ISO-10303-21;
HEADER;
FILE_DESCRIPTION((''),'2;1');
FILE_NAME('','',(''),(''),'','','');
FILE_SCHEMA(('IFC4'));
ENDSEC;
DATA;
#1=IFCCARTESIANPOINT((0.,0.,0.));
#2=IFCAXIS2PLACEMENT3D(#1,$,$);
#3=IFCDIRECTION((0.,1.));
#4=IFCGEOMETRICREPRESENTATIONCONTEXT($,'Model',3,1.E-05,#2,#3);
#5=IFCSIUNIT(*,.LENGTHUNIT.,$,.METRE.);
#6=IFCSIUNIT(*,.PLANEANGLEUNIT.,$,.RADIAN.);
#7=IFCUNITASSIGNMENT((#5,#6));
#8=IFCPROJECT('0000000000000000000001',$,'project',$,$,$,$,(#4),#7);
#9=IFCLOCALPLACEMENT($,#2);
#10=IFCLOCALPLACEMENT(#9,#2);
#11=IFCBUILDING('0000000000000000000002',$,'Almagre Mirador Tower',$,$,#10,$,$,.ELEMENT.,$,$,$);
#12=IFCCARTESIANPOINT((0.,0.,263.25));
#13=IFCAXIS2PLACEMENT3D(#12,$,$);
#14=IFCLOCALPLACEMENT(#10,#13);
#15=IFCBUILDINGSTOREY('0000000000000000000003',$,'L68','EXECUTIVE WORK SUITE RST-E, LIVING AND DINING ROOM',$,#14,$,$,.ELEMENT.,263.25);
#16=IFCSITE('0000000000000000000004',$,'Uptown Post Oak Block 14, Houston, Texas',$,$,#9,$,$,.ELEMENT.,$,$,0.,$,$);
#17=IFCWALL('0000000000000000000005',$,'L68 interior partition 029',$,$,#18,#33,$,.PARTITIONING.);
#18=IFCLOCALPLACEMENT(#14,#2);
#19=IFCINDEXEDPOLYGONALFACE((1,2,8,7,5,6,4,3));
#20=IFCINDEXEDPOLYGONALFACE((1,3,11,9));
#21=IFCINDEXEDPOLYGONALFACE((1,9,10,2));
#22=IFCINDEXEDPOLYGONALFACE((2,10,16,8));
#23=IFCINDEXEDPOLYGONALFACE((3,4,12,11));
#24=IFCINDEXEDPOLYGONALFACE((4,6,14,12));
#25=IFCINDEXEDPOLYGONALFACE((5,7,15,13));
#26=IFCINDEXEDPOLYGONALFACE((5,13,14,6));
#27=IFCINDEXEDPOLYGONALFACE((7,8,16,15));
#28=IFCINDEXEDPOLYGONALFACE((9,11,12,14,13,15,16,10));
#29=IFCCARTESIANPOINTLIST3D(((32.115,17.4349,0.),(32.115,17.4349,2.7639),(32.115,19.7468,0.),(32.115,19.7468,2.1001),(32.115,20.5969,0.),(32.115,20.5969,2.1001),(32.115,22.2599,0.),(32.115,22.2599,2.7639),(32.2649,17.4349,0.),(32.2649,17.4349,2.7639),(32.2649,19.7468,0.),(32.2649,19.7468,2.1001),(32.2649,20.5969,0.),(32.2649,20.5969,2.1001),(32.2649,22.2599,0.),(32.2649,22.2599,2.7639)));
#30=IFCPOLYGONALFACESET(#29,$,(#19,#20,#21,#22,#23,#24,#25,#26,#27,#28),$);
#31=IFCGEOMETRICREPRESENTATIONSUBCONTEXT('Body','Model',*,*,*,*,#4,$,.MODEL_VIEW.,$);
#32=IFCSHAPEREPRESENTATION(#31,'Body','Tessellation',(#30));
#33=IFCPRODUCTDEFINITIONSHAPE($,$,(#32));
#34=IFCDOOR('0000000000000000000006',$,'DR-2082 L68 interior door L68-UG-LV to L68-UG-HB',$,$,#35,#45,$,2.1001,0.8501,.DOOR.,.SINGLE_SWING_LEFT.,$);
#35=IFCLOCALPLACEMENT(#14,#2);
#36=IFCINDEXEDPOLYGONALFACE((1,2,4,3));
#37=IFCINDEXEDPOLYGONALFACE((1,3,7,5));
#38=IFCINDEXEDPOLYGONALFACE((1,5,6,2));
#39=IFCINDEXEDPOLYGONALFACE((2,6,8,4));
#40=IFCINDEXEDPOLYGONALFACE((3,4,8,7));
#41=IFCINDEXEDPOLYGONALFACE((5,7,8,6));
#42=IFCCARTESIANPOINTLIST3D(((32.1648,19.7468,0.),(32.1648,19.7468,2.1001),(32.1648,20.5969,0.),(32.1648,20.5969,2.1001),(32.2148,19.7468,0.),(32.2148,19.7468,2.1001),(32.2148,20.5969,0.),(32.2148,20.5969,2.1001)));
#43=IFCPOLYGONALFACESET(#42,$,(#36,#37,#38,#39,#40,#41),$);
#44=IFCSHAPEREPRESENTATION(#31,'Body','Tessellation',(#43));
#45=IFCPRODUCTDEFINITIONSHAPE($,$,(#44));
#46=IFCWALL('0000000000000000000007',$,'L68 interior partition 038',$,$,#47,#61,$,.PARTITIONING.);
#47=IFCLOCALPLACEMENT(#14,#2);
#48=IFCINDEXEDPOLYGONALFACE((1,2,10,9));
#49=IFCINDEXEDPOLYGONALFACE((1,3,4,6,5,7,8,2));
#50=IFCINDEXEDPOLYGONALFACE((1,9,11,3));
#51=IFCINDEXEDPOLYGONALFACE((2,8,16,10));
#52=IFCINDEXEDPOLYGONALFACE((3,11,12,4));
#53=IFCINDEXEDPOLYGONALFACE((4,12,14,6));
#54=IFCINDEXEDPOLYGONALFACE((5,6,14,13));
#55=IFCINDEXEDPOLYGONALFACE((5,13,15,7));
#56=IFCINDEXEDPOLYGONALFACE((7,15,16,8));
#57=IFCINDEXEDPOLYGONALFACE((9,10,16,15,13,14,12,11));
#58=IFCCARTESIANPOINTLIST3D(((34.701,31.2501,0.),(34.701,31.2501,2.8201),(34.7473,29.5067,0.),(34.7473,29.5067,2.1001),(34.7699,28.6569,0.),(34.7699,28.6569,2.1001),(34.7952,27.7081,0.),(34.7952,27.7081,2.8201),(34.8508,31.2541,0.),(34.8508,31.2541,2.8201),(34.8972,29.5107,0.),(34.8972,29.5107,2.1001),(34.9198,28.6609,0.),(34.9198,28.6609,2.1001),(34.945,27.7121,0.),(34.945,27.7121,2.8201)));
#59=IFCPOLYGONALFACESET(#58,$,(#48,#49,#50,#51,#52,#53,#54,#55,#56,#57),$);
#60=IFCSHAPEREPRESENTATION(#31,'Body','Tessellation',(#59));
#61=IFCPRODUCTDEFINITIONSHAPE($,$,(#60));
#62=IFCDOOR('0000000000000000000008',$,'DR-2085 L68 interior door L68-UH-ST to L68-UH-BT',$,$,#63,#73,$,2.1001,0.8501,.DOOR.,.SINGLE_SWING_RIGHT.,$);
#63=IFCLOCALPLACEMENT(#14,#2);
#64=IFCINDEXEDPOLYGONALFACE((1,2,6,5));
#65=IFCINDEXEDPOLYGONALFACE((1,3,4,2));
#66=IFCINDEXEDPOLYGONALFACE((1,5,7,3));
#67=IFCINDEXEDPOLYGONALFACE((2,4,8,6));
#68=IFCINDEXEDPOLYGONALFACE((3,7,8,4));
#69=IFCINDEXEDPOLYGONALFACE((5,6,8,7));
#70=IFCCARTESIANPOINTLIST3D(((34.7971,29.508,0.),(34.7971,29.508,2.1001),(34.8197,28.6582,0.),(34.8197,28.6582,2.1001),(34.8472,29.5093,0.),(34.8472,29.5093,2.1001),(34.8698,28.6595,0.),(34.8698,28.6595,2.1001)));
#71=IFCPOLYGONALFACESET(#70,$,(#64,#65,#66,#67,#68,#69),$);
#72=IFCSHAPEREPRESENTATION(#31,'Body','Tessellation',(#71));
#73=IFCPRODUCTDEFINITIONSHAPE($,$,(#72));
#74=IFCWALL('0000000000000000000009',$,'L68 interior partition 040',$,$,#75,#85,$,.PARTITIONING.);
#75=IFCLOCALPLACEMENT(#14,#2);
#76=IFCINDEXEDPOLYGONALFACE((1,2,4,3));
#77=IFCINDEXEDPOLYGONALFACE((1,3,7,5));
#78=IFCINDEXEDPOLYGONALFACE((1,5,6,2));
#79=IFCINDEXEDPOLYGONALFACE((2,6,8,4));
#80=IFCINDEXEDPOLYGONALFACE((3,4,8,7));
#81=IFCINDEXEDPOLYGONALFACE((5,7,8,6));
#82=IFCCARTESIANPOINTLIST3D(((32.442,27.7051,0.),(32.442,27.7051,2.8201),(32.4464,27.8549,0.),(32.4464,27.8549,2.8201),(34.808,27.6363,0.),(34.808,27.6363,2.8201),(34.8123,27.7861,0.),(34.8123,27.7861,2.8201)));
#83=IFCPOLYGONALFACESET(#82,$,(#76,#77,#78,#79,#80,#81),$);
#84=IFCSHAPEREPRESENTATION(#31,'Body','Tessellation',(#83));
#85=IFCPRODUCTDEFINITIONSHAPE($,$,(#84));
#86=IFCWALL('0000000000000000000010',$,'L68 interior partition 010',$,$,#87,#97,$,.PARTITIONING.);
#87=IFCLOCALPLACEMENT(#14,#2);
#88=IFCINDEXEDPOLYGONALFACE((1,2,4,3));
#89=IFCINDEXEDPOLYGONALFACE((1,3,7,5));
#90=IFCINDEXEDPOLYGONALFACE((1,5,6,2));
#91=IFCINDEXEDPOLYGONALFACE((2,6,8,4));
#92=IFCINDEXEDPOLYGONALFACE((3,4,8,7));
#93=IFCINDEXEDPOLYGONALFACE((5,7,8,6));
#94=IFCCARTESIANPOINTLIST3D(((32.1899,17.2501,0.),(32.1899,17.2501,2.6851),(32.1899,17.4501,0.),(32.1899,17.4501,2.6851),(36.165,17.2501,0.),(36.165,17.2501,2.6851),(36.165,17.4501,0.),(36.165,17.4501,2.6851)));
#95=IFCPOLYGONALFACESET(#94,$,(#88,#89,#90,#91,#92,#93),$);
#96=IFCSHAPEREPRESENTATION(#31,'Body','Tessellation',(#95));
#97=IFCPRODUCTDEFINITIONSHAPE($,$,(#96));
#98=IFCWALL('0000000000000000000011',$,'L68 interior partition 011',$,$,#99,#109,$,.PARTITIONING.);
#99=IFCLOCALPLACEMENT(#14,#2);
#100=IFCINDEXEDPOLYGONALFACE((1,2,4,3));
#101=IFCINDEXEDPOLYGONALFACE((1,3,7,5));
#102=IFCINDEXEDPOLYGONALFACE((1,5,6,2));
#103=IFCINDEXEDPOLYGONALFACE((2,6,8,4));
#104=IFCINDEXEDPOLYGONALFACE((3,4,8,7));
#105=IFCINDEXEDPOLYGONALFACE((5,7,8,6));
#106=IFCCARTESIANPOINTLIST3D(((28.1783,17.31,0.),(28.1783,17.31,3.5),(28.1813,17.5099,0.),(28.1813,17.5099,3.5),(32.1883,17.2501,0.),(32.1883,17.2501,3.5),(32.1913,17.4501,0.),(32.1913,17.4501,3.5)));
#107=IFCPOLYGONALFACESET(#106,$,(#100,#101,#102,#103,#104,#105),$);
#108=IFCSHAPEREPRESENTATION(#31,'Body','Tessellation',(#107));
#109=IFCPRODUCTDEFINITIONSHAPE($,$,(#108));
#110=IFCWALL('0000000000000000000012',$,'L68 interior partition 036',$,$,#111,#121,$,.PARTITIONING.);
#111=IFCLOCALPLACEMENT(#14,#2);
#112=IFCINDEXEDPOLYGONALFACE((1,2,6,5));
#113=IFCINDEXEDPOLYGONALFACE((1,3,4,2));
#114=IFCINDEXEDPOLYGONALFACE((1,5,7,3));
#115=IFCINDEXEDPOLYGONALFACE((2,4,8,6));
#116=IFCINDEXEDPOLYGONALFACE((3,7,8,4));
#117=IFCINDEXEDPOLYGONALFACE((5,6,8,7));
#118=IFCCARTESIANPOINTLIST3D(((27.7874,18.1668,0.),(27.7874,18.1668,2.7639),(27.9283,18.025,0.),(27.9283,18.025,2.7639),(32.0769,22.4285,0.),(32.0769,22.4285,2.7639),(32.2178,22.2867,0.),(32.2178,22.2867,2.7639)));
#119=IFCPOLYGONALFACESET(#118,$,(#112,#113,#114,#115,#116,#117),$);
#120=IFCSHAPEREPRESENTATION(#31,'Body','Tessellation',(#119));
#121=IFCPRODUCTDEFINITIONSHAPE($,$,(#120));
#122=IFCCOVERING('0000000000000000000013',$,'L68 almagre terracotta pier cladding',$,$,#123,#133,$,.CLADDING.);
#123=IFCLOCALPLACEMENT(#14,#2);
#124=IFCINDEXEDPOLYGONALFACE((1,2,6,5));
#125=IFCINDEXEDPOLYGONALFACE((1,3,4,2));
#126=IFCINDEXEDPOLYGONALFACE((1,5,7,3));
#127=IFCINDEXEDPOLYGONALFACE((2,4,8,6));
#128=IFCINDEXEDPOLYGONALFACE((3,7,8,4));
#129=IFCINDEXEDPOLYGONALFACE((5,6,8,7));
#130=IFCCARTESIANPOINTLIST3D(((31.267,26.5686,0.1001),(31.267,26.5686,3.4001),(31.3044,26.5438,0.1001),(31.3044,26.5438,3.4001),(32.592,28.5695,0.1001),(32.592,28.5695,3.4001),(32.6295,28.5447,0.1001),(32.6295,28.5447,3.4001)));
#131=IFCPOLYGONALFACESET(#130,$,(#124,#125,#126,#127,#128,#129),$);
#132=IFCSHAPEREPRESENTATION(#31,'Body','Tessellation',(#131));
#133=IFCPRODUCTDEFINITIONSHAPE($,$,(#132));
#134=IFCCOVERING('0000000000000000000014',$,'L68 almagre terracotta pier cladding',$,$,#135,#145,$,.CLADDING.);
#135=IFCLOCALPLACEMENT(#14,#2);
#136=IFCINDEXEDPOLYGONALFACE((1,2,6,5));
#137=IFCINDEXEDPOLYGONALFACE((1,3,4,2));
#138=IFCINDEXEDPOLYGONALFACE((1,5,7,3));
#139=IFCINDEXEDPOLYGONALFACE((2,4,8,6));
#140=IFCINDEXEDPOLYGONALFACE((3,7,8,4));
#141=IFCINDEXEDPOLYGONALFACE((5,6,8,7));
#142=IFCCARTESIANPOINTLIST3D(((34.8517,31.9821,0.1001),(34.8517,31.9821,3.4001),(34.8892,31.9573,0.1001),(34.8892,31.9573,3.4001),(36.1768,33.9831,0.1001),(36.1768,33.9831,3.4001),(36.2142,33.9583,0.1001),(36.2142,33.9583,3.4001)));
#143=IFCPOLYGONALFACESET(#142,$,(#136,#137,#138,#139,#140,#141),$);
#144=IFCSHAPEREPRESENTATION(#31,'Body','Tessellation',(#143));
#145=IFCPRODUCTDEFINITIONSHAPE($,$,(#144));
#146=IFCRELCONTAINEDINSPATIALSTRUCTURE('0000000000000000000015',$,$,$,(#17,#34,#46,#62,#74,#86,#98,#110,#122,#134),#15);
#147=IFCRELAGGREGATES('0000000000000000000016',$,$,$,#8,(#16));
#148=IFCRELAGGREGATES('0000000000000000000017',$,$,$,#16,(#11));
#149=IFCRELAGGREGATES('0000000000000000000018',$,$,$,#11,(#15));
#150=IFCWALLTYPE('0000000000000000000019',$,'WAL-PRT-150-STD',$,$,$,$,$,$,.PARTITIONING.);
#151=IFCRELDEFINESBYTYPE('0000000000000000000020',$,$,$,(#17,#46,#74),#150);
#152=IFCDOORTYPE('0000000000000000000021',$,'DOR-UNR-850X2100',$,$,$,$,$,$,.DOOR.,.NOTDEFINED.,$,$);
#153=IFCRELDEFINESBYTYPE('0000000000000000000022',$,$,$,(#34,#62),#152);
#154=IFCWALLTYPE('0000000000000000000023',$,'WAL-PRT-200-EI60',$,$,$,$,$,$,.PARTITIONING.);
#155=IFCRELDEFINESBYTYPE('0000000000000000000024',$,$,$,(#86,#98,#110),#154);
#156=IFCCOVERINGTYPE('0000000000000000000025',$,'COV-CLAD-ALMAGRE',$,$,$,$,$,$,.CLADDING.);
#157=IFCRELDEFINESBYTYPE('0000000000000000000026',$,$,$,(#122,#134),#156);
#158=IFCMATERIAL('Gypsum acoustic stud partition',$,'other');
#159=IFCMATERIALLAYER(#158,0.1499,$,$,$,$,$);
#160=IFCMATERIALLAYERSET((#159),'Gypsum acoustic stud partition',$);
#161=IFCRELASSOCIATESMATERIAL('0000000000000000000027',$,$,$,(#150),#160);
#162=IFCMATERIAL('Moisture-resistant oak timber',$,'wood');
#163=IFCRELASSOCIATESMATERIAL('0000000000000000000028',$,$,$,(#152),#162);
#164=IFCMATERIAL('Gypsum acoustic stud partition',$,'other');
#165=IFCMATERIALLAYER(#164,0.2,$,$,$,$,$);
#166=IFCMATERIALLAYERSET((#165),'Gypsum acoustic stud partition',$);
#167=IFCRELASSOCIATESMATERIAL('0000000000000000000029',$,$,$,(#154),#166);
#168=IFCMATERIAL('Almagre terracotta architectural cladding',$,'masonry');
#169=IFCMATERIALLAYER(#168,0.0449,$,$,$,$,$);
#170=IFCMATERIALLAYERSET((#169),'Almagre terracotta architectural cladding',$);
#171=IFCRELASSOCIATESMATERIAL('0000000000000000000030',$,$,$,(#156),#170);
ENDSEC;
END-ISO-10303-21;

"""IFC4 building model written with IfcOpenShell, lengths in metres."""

from ifc_helpers import new_model, si_unit, direction, frame, frame_2d, origin, origin_2d, place, context, subcontext, project, spatial, rectangle, extrude, material, layer, layer_set, type_object, element, fill, save


model = new_model("IFC4")

# Units and contexts
model_context = context("Model", 3, precision=1e-05, world=origin(), true_north=direction((0.0, 1.0)))
body_context = subcontext(model_context, "Body", "Model", "MODEL_VIEW")
ifc_project = project(units=[si_unit("LENGTHUNIT", "METRE"), si_unit("PLANEANGLEUNIT", "RADIAN")], contexts=[model_context])

# Site, building, storey
site_placement = place(None, origin())
site = spatial("IfcSite", under=ifc_project, at=site_placement, Name="Uptown Post Oak Block 14, Houston, Texas", CompositionType="ELEMENT", RefElevation=0.0)
building_placement = place(site_placement, origin())
building = spatial("IfcBuilding", under=site, at=building_placement, Name="Almagre Mirador Tower", CompositionType="ELEMENT")
storey_placement = place(building_placement, frame((0.0, 0.0, 263.25)))
storey = spatial("IfcBuildingStorey", under=building, at=storey_placement, Name="L68", Description="EXECUTIVE WORK SUITE RST-E, LIVING AND DINING ROOM", CompositionType="ELEMENT", Elevation=263.25)

# Walls, openings, doors
ifc_material_1 = material(Name="Gypsum acoustic stud partition", Category="other")
ifc_layer_1 = layer(ifc_material_1, 0.1499)
ifc_layer_set_1 = layer_set([ifc_layer_1], Name="Gypsum acoustic stud partition")
wall_type_1 = type_object("IfcWallType", Name="WAL-PRT-150-STD", PredefinedType="PARTITIONING", material=ifc_layer_set_1)
wall_1_placement = place(storey_placement, frame((32.1899, 22.26, 0.0), z_axis=(0.0, 0.0, 1.0), x_axis=(0.0, -1.0, 0.0)))
wall_1 = element("IfcWall", 1, at=wall_1_placement, inside=storey, type_object=wall_type_1, Name="L68 interior partition 029", PredefinedType="PARTITIONING", context=body_context, shape_type="SweptSolid", body=[
    extrude(rectangle(XDim=4.825, YDim=0.1499, at=frame_2d((2.4126, 0.0))), origin(), (0.0, 0.0, 1.0), 2.7639),
])
opening_1_placement = place(wall_1_placement, frame((1.6631, 0.0, 0.0)))
opening_1 = element("IfcOpeningElement", 2, at=opening_1_placement, cuts=wall_1, PredefinedType="OPENING", context=body_context, shape_type="SweptSolid", body=[
    extrude(rectangle(XDim=0.8501, YDim=2.1001, at=frame_2d((0.425, 1.05))), frame((0.0, 0.085, 0.0), z_axis=(0.0, -1.0, 0.0), x_axis=(1.0, 0.0, 0.0)), (0.0, 0.0, 1.0), 0.1699),
])
ifc_material_2 = material(Name="Moisture-resistant oak timber", Category="wood")
door_type_1 = type_object("IfcDoorType", Name="DOR-UNR-850X2100", OperationType="NOTDEFINED", PredefinedType="DOOR", material=ifc_material_2)
door_1_placement = place(opening_1_placement, origin())
door_1 = element("IfcDoor", 3, at=door_1_placement, inside=storey, type_object=door_type_1, Name="DR-2082 L68 interior door L68-UG-LV to L68-UG-HB", OperationType="SINGLE_SWING_LEFT", OverallHeight=2.1001, OverallWidth=0.8501, PredefinedType="DOOR", context=body_context, shape_type="SweptSolid", body=[
    extrude(rectangle(XDim=0.8501, YDim=2.1001, at=frame_2d((0.425, 1.05))), frame((0.0, 0.0249, 0.0), z_axis=(0.0, -1.0, 0.0), x_axis=(1.0, 0.0, 0.0)), (0.0, 0.0, 1.0), 0.05),
])
fill(opening_1, door_1)
wall_2_placement = place(storey_placement, frame((34.7759, 31.252, 0.0), z_axis=(0.0, 0.0, 1.0), x_axis=(0.026597, -0.999646, 0.0)))
wall_2 = element("IfcWall", 4, at=wall_2_placement, inside=storey, type_object=wall_type_1, Name="L68 interior partition 038", PredefinedType="PARTITIONING", context=body_context, shape_type="SweptSolid", body=[
    extrude(rectangle(XDim=3.5432, YDim=0.1499, at=frame_2d((1.7715, 0.0))), origin(), (0.0, 0.0, 1.0), 2.8201),
])
opening_2_placement = place(wall_2_placement, frame((1.7439, 0.0, 0.0)))
opening_2 = element("IfcOpeningElement", 5, at=opening_2_placement, cuts=wall_2, PredefinedType="OPENING", context=body_context, shape_type="SweptSolid", body=[
    extrude(rectangle(XDim=0.8501, YDim=2.1001, at=frame_2d((0.425, 1.05))), frame((0.0, 0.085, 0.0), z_axis=(0.0, -1.0, 0.0), x_axis=(1.0, 0.0, 0.0)), (0.0, 0.0, 1.0), 0.1699),
])
door_2_placement = place(opening_2_placement, origin())
door_2 = element("IfcDoor", 6, at=door_2_placement, inside=storey, type_object=door_type_1, Name="DR-2085 L68 interior door L68-UH-ST to L68-UH-BT", OperationType="SINGLE_SWING_RIGHT", OverallHeight=2.1001, OverallWidth=0.8501, PredefinedType="DOOR", context=body_context, shape_type="SweptSolid", body=[
    extrude(rectangle(XDim=0.8501, YDim=2.1001, at=frame_2d((0.425, 1.05))), frame((0.0, 0.0249, 0.0), z_axis=(0.0, -1.0, 0.0), x_axis=(1.0, 0.0, 0.0)), (0.0, 0.0, 1.0), 0.05),
])
fill(opening_2, door_2)

# Walls
wall_3_placement = place(storey_placement, frame((32.4441, 27.78, 0.0), z_axis=(0.0, 0.0, 1.0), x_axis=(0.999577, -0.029087, 0.0)))
element("IfcWall", 7, at=wall_3_placement, inside=storey, type_object=wall_type_1, Name="L68 interior partition 040", PredefinedType="PARTITIONING", context=body_context, shape_type="SweptSolid", body=[
    extrude(rectangle(XDim=2.3669, YDim=0.1499, at=frame_2d((1.1836, 0.0))), origin(), (0.0, 0.0, 1.0), 2.8201),
])
ifc_material_3 = material(Name="Gypsum acoustic stud partition", Category="other")
ifc_layer_2 = layer(ifc_material_3, 0.2)
ifc_layer_set_2 = layer_set([ifc_layer_2], Name="Gypsum acoustic stud partition")
wall_type_2 = type_object("IfcWallType", Name="WAL-PRT-200-EI60", PredefinedType="PARTITIONING", material=ifc_layer_set_2)
wall_4_placement = place(storey_placement, frame((36.165, 17.3501, 0.0), z_axis=(0.0, 0.0, 1.0), x_axis=(-1.0, 0.0, 0.0)))
element("IfcWall", 8, at=wall_4_placement, inside=storey, type_object=wall_type_2, Name="L68 interior partition 010", PredefinedType="PARTITIONING", context=body_context, shape_type="SweptSolid", body=[
    extrude(rectangle(XDim=3.9751, YDim=0.2, at=frame_2d((1.9875, 0.0))), origin(), (0.0, 0.0, 1.0), 2.6851),
])
wall_5_placement = place(storey_placement, frame((32.1899, 17.3501, 0.0), z_axis=(0.0, 0.0, 1.0), x_axis=(-0.999889, 0.014915, 0.0)))
element("IfcWall", 9, at=wall_5_placement, inside=storey, type_object=wall_type_2, Name="L68 interior partition 011", PredefinedType="PARTITIONING", context=body_context, shape_type="SweptSolid", body=[
    extrude(rectangle(XDim=4.0105, YDim=0.2, at=frame_2d((2.0054, 0.0))), origin(), (0.0, 0.0, 1.0), 3.5),
])
wall_6_placement = place(storey_placement, frame((32.1475, 22.3577, 0.0), z_axis=(0.0, 0.0, 1.0), x_axis=(-0.709404, -0.704802, 0.0)))
element("IfcWall", 10, at=wall_6_placement, inside=storey, type_object=wall_type_2, Name="L68 interior partition 036", PredefinedType="PARTITIONING", context=body_context, shape_type="SweptSolid", body=[
    extrude(rectangle(XDim=6.0466, YDim=0.2, at=frame_2d((3.0234, 0.0))), origin(), (0.0, 0.0, 1.0), 2.7639),
])

# Coverings
ifc_material_4 = material(Name="Almagre terracotta architectural cladding", Category="masonry")
ifc_layer_3 = layer(ifc_material_4, 0.0449)
ifc_layer_set_3 = layer_set([ifc_layer_3], Name="Almagre terracotta architectural cladding")
covering_type = type_object("IfcCoveringType", Name="COV-CLAD-ALMAGRE", PredefinedType="CLADDING", material=ifc_layer_set_3)
for number, where, z_axis, x_axis, name in (
    (11, (31.9482, 27.5566, 0.1001), (0.0, 0.0, 1.0), (0.552126, 0.833761, 0.0), "L68 almagre terracotta pier cladding"),
    (12, (35.533, 32.9702, 0.1001), (0.0, 0.0, 1.0), (0.552126, 0.833761, 0.0), "L68 almagre terracotta pier cladding"),
):
    element("IfcCovering", number, at=place(storey_placement, frame(where, z_axis=z_axis, x_axis=x_axis)), inside=storey, type_object=covering_type, Name=name, PredefinedType="CLADDING", context=body_context, shape_type="SweptSolid", body=[
        extrude(rectangle(XDim=2.3999, YDim=0.0449, at=origin_2d()), origin(), (0.0, 0.0, 1.0), 3.3),
    ])

save(model, "model.ifc")
